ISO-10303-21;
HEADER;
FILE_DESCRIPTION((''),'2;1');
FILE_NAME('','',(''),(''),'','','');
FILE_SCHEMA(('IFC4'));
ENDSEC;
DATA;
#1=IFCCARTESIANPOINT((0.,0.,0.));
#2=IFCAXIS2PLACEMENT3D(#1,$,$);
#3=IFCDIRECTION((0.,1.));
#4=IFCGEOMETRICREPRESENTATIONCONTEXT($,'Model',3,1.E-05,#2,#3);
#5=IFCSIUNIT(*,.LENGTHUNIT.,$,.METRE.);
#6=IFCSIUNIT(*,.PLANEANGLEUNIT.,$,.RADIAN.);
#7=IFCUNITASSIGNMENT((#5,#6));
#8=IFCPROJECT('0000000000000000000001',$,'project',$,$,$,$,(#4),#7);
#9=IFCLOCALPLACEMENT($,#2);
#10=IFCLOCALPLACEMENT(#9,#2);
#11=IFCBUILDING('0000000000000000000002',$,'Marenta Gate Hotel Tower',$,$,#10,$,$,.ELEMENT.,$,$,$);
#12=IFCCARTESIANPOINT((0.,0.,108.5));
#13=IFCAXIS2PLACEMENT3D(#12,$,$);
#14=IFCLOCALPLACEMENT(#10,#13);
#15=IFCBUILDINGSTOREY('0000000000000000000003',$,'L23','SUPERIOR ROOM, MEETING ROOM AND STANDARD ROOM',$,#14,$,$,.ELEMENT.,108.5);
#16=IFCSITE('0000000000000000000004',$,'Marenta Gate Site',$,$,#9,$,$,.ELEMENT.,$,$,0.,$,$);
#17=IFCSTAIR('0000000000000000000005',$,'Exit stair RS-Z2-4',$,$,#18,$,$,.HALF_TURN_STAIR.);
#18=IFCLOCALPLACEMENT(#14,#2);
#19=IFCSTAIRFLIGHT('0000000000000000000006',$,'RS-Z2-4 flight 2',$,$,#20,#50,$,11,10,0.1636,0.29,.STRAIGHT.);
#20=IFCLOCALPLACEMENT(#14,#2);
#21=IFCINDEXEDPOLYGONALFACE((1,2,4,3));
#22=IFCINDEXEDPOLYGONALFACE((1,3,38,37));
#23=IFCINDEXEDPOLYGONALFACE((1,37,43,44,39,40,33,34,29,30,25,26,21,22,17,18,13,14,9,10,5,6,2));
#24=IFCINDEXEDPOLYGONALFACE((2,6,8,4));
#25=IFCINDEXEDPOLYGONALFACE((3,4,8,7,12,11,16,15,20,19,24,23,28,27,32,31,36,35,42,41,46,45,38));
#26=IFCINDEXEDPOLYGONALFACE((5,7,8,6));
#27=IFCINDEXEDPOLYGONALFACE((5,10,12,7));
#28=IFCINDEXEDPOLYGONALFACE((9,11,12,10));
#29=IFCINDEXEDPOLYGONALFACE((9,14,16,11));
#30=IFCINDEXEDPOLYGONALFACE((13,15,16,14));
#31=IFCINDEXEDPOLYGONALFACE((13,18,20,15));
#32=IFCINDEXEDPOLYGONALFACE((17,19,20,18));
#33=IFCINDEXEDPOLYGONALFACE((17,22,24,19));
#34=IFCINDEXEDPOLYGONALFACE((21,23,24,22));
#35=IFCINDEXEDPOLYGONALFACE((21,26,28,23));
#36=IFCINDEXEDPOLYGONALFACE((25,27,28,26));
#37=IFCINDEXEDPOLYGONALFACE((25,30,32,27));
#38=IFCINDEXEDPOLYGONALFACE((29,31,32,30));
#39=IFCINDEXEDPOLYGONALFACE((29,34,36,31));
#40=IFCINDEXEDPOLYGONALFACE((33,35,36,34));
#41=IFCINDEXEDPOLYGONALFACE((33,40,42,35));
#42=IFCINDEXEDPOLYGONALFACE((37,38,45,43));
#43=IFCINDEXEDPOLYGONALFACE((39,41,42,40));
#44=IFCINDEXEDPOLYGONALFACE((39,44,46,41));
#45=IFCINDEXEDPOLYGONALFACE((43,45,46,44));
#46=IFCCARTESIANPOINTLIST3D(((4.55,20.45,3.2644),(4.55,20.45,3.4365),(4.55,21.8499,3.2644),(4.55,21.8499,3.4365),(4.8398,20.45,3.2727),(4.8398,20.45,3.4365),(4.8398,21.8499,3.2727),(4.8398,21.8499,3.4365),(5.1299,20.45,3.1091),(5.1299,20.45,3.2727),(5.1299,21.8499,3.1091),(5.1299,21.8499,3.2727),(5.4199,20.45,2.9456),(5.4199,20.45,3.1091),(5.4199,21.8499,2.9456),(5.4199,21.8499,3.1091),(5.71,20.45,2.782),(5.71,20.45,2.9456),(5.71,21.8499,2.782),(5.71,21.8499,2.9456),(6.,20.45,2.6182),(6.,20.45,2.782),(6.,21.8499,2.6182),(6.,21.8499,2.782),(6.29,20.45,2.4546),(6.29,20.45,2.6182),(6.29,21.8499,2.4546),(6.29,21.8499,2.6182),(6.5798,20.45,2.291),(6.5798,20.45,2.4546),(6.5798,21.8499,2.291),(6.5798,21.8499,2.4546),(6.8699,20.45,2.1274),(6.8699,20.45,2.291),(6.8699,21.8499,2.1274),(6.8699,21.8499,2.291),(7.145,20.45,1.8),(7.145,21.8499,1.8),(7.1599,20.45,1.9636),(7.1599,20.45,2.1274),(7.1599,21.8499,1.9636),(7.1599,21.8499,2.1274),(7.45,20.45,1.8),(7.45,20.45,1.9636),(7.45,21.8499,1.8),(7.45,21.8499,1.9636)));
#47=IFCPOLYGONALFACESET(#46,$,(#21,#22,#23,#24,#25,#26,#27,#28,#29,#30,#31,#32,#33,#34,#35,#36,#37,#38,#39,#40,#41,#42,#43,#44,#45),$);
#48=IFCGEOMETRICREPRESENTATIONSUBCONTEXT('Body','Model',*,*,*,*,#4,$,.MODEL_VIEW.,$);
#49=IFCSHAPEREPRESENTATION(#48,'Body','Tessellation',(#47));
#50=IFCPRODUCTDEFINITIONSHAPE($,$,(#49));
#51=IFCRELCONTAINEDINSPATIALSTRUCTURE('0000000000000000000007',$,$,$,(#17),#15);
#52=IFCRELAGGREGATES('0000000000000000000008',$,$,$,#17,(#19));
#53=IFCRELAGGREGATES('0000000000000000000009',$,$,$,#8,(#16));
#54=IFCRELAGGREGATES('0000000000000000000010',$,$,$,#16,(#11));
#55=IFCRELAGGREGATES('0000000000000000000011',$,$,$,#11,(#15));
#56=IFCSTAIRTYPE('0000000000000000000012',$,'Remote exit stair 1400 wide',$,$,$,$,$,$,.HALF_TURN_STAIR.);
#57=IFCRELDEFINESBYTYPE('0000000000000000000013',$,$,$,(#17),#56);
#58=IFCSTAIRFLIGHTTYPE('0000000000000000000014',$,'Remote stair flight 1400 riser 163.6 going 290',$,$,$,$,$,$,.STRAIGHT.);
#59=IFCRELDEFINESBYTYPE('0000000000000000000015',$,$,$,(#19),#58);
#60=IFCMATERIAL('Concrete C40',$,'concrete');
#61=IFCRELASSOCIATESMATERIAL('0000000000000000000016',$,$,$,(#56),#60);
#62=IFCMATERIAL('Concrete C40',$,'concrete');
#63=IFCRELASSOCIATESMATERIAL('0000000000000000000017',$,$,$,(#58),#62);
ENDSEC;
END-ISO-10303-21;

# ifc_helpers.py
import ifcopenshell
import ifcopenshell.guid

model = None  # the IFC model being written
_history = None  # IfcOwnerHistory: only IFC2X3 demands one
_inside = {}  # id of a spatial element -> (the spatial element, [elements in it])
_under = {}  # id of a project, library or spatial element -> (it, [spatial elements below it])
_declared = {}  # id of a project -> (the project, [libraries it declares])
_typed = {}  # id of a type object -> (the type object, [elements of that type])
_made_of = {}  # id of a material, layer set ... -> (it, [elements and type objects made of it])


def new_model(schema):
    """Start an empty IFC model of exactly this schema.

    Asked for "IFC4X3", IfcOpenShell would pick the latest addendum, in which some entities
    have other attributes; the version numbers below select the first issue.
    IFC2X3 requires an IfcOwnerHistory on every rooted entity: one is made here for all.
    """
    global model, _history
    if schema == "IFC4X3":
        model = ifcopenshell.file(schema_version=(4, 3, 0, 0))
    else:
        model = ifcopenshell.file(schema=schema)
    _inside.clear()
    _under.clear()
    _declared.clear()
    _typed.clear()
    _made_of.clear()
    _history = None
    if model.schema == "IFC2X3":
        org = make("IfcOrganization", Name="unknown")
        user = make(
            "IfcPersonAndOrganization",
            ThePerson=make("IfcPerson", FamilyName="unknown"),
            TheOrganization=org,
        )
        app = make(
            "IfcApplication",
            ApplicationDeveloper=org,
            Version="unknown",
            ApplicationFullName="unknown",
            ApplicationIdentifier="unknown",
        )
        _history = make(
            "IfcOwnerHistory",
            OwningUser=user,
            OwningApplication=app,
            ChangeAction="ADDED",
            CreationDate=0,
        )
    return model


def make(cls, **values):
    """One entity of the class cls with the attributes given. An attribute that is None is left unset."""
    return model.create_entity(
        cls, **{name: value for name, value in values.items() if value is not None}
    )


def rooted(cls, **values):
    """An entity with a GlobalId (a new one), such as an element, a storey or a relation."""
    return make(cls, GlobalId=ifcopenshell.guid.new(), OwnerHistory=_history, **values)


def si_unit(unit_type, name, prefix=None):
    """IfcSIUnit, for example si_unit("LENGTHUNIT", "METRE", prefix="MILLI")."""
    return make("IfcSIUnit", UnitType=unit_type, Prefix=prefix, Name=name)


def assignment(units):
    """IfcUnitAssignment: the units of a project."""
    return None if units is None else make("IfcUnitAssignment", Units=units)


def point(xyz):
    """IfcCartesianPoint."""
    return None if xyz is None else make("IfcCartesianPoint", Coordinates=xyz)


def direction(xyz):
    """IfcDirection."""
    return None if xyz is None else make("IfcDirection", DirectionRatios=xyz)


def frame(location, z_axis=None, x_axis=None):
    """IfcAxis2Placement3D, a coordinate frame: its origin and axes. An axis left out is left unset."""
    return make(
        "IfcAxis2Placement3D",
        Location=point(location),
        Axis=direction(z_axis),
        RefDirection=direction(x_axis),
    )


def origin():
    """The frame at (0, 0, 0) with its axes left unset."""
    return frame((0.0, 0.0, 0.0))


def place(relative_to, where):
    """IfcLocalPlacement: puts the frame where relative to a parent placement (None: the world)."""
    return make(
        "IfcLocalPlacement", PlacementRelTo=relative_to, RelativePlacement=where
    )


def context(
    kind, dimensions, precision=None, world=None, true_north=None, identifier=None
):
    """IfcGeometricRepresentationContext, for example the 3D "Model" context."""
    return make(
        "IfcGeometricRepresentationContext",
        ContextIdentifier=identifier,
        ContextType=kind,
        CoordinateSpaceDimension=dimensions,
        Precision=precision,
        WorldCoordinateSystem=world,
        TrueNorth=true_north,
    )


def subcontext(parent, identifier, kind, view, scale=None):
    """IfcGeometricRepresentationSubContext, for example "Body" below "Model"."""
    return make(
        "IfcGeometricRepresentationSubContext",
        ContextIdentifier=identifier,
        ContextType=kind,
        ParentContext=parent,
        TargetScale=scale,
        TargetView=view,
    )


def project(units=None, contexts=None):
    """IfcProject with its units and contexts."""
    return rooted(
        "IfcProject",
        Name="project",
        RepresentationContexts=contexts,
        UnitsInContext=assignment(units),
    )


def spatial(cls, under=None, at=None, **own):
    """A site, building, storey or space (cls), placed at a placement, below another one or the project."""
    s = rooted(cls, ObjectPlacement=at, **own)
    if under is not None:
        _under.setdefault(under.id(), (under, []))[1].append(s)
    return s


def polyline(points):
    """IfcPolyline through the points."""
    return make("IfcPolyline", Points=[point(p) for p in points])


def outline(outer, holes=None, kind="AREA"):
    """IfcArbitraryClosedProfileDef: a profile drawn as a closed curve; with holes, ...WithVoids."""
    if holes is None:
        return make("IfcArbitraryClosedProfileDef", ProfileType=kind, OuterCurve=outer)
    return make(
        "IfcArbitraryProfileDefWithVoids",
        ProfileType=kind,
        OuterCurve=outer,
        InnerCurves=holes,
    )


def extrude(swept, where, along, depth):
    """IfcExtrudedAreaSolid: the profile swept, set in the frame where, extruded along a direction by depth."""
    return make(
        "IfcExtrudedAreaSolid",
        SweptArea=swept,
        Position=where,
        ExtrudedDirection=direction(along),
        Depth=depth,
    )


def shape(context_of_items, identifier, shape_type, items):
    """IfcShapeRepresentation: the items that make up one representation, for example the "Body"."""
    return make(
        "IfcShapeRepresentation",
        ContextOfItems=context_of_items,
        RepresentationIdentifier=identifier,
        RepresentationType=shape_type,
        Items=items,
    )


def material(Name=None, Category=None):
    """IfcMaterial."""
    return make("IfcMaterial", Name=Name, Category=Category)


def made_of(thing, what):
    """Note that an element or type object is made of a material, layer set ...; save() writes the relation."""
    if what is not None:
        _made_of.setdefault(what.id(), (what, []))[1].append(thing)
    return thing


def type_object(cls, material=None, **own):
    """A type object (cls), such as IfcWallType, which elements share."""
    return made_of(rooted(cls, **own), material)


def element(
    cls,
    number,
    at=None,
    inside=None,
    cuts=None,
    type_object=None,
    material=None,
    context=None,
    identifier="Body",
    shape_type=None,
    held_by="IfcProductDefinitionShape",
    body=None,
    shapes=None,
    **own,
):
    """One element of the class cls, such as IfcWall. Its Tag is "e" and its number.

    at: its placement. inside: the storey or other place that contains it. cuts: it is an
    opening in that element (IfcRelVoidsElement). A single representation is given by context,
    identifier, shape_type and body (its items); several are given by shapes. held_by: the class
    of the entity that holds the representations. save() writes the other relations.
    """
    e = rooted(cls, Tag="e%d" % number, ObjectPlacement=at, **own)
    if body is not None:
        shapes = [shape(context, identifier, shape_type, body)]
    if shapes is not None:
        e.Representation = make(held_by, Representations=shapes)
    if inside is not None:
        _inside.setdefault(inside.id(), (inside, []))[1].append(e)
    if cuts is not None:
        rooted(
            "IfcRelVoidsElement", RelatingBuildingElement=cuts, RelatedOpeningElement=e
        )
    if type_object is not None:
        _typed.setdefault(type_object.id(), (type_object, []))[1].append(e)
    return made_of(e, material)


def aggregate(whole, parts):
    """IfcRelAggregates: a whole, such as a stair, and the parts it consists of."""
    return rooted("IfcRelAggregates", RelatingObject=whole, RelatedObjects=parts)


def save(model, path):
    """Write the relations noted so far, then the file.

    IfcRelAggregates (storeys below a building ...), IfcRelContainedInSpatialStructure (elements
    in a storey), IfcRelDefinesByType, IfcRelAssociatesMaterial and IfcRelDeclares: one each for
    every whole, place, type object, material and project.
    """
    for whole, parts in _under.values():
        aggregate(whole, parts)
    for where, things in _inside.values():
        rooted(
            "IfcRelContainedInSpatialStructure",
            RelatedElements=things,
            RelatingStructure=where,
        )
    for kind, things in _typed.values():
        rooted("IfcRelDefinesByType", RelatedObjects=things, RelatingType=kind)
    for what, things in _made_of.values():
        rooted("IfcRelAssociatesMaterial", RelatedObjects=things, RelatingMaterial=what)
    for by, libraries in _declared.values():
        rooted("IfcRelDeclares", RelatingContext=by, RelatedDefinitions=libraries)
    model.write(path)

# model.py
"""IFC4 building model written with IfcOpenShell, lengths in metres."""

from ifc_helpers import new_model, si_unit, direction, frame, origin, place, context, subcontext, project, spatial, polyline, outline, extrude, material, type_object, element, aggregate, save


model = new_model("IFC4")

# Units and contexts
model_context = context("Model", 3, precision=1e-05, world=origin(), true_north=direction((0.0, 1.0)))
body_context = subcontext(model_context, "Body", "Model", "MODEL_VIEW")
ifc_project = project(units=[si_unit("LENGTHUNIT", "METRE"), si_unit("PLANEANGLEUNIT", "RADIAN")], contexts=[model_context])

# Site, building, storey
site_placement = place(None, origin())
site = spatial("IfcSite", under=ifc_project, at=site_placement, Name="Marenta Gate Site", CompositionType="ELEMENT", RefElevation=0.0)
building_placement = place(site_placement, origin())
building = spatial("IfcBuilding", under=site, at=building_placement, Name="Marenta Gate Hotel Tower", CompositionType="ELEMENT")
storey_placement = place(building_placement, frame((0.0, 0.0, 108.5)))
storey = spatial("IfcBuildingStorey", under=building, at=storey_placement, Name="L23", Description="SUPERIOR ROOM, MEETING ROOM AND STANDARD ROOM", CompositionType="ELEMENT", Elevation=108.5)

# Stair, stair flight
ifc_material_1 = material(Name="Concrete C40", Category="concrete")
stair_type = type_object("IfcStairType", Name="Remote exit stair 1400 wide", PredefinedType="HALF_TURN_STAIR", material=ifc_material_1)
stair_placement = place(storey_placement, origin())
stair = element("IfcStair", 1, at=stair_placement, inside=storey, type_object=stair_type, Name="Exit stair RS-Z2-4", PredefinedType="HALF_TURN_STAIR")
ifc_material_2 = material(Name="Concrete C40", Category="concrete")
stair_flight_type = type_object("IfcStairFlightType", Name="Remote stair flight 1400 riser 163.6 going 290", PredefinedType="STRAIGHT", material=ifc_material_2)
stair_flight_1_placement = place(storey_placement, frame((7.45, 21.1499, 1.8), z_axis=(0.0, 0.0, 1.0), x_axis=(-1.0, 0.0, 0.0)))
stair_flight_1 = element("IfcStairFlight", 2, at=stair_flight_1_placement, type_object=stair_flight_type, Name="RS-Z2-4 flight 2", NumberOfRisers=11, NumberOfTreads=10, PredefinedType="STRAIGHT", RiserHeight=0.1636, TreadLength=0.29, context=body_context, shape_type="SweptSolid", body=[
    extrude(outline(polyline([(0.0, 0.0), (0.0, 0.1636), (0.29, 0.1636), (0.29, 0.3274), (0.5801, 0.3274), (0.5801, 0.491), (0.8701, 0.491), (0.8701, 0.6545), (1.1599, 0.6545), (1.1599, 0.8181), (1.45, 0.8181), (1.45, 0.9819), (1.74, 0.9819), (1.74, 1.1455), (2.03, 1.1455), (2.03, 1.3091), (2.3201, 1.3091), (2.3201, 1.4727), (2.6101, 1.4727), (2.6101, 1.6365), (2.8999, 1.6365), (2.8999, 1.8), (2.8999, 1.4644), (0.3049, 0.0), (0.0, 0.0)])), frame((0.0, 0.7, 0.0), z_axis=(0.0, -1.0, 0.0), x_axis=(1.0, 0.0, 0.0)), (0.0, 0.0, 1.0), 1.3999),
])
aggregate(stair, [stair_flight_1])

save(model, "model.ifc")
